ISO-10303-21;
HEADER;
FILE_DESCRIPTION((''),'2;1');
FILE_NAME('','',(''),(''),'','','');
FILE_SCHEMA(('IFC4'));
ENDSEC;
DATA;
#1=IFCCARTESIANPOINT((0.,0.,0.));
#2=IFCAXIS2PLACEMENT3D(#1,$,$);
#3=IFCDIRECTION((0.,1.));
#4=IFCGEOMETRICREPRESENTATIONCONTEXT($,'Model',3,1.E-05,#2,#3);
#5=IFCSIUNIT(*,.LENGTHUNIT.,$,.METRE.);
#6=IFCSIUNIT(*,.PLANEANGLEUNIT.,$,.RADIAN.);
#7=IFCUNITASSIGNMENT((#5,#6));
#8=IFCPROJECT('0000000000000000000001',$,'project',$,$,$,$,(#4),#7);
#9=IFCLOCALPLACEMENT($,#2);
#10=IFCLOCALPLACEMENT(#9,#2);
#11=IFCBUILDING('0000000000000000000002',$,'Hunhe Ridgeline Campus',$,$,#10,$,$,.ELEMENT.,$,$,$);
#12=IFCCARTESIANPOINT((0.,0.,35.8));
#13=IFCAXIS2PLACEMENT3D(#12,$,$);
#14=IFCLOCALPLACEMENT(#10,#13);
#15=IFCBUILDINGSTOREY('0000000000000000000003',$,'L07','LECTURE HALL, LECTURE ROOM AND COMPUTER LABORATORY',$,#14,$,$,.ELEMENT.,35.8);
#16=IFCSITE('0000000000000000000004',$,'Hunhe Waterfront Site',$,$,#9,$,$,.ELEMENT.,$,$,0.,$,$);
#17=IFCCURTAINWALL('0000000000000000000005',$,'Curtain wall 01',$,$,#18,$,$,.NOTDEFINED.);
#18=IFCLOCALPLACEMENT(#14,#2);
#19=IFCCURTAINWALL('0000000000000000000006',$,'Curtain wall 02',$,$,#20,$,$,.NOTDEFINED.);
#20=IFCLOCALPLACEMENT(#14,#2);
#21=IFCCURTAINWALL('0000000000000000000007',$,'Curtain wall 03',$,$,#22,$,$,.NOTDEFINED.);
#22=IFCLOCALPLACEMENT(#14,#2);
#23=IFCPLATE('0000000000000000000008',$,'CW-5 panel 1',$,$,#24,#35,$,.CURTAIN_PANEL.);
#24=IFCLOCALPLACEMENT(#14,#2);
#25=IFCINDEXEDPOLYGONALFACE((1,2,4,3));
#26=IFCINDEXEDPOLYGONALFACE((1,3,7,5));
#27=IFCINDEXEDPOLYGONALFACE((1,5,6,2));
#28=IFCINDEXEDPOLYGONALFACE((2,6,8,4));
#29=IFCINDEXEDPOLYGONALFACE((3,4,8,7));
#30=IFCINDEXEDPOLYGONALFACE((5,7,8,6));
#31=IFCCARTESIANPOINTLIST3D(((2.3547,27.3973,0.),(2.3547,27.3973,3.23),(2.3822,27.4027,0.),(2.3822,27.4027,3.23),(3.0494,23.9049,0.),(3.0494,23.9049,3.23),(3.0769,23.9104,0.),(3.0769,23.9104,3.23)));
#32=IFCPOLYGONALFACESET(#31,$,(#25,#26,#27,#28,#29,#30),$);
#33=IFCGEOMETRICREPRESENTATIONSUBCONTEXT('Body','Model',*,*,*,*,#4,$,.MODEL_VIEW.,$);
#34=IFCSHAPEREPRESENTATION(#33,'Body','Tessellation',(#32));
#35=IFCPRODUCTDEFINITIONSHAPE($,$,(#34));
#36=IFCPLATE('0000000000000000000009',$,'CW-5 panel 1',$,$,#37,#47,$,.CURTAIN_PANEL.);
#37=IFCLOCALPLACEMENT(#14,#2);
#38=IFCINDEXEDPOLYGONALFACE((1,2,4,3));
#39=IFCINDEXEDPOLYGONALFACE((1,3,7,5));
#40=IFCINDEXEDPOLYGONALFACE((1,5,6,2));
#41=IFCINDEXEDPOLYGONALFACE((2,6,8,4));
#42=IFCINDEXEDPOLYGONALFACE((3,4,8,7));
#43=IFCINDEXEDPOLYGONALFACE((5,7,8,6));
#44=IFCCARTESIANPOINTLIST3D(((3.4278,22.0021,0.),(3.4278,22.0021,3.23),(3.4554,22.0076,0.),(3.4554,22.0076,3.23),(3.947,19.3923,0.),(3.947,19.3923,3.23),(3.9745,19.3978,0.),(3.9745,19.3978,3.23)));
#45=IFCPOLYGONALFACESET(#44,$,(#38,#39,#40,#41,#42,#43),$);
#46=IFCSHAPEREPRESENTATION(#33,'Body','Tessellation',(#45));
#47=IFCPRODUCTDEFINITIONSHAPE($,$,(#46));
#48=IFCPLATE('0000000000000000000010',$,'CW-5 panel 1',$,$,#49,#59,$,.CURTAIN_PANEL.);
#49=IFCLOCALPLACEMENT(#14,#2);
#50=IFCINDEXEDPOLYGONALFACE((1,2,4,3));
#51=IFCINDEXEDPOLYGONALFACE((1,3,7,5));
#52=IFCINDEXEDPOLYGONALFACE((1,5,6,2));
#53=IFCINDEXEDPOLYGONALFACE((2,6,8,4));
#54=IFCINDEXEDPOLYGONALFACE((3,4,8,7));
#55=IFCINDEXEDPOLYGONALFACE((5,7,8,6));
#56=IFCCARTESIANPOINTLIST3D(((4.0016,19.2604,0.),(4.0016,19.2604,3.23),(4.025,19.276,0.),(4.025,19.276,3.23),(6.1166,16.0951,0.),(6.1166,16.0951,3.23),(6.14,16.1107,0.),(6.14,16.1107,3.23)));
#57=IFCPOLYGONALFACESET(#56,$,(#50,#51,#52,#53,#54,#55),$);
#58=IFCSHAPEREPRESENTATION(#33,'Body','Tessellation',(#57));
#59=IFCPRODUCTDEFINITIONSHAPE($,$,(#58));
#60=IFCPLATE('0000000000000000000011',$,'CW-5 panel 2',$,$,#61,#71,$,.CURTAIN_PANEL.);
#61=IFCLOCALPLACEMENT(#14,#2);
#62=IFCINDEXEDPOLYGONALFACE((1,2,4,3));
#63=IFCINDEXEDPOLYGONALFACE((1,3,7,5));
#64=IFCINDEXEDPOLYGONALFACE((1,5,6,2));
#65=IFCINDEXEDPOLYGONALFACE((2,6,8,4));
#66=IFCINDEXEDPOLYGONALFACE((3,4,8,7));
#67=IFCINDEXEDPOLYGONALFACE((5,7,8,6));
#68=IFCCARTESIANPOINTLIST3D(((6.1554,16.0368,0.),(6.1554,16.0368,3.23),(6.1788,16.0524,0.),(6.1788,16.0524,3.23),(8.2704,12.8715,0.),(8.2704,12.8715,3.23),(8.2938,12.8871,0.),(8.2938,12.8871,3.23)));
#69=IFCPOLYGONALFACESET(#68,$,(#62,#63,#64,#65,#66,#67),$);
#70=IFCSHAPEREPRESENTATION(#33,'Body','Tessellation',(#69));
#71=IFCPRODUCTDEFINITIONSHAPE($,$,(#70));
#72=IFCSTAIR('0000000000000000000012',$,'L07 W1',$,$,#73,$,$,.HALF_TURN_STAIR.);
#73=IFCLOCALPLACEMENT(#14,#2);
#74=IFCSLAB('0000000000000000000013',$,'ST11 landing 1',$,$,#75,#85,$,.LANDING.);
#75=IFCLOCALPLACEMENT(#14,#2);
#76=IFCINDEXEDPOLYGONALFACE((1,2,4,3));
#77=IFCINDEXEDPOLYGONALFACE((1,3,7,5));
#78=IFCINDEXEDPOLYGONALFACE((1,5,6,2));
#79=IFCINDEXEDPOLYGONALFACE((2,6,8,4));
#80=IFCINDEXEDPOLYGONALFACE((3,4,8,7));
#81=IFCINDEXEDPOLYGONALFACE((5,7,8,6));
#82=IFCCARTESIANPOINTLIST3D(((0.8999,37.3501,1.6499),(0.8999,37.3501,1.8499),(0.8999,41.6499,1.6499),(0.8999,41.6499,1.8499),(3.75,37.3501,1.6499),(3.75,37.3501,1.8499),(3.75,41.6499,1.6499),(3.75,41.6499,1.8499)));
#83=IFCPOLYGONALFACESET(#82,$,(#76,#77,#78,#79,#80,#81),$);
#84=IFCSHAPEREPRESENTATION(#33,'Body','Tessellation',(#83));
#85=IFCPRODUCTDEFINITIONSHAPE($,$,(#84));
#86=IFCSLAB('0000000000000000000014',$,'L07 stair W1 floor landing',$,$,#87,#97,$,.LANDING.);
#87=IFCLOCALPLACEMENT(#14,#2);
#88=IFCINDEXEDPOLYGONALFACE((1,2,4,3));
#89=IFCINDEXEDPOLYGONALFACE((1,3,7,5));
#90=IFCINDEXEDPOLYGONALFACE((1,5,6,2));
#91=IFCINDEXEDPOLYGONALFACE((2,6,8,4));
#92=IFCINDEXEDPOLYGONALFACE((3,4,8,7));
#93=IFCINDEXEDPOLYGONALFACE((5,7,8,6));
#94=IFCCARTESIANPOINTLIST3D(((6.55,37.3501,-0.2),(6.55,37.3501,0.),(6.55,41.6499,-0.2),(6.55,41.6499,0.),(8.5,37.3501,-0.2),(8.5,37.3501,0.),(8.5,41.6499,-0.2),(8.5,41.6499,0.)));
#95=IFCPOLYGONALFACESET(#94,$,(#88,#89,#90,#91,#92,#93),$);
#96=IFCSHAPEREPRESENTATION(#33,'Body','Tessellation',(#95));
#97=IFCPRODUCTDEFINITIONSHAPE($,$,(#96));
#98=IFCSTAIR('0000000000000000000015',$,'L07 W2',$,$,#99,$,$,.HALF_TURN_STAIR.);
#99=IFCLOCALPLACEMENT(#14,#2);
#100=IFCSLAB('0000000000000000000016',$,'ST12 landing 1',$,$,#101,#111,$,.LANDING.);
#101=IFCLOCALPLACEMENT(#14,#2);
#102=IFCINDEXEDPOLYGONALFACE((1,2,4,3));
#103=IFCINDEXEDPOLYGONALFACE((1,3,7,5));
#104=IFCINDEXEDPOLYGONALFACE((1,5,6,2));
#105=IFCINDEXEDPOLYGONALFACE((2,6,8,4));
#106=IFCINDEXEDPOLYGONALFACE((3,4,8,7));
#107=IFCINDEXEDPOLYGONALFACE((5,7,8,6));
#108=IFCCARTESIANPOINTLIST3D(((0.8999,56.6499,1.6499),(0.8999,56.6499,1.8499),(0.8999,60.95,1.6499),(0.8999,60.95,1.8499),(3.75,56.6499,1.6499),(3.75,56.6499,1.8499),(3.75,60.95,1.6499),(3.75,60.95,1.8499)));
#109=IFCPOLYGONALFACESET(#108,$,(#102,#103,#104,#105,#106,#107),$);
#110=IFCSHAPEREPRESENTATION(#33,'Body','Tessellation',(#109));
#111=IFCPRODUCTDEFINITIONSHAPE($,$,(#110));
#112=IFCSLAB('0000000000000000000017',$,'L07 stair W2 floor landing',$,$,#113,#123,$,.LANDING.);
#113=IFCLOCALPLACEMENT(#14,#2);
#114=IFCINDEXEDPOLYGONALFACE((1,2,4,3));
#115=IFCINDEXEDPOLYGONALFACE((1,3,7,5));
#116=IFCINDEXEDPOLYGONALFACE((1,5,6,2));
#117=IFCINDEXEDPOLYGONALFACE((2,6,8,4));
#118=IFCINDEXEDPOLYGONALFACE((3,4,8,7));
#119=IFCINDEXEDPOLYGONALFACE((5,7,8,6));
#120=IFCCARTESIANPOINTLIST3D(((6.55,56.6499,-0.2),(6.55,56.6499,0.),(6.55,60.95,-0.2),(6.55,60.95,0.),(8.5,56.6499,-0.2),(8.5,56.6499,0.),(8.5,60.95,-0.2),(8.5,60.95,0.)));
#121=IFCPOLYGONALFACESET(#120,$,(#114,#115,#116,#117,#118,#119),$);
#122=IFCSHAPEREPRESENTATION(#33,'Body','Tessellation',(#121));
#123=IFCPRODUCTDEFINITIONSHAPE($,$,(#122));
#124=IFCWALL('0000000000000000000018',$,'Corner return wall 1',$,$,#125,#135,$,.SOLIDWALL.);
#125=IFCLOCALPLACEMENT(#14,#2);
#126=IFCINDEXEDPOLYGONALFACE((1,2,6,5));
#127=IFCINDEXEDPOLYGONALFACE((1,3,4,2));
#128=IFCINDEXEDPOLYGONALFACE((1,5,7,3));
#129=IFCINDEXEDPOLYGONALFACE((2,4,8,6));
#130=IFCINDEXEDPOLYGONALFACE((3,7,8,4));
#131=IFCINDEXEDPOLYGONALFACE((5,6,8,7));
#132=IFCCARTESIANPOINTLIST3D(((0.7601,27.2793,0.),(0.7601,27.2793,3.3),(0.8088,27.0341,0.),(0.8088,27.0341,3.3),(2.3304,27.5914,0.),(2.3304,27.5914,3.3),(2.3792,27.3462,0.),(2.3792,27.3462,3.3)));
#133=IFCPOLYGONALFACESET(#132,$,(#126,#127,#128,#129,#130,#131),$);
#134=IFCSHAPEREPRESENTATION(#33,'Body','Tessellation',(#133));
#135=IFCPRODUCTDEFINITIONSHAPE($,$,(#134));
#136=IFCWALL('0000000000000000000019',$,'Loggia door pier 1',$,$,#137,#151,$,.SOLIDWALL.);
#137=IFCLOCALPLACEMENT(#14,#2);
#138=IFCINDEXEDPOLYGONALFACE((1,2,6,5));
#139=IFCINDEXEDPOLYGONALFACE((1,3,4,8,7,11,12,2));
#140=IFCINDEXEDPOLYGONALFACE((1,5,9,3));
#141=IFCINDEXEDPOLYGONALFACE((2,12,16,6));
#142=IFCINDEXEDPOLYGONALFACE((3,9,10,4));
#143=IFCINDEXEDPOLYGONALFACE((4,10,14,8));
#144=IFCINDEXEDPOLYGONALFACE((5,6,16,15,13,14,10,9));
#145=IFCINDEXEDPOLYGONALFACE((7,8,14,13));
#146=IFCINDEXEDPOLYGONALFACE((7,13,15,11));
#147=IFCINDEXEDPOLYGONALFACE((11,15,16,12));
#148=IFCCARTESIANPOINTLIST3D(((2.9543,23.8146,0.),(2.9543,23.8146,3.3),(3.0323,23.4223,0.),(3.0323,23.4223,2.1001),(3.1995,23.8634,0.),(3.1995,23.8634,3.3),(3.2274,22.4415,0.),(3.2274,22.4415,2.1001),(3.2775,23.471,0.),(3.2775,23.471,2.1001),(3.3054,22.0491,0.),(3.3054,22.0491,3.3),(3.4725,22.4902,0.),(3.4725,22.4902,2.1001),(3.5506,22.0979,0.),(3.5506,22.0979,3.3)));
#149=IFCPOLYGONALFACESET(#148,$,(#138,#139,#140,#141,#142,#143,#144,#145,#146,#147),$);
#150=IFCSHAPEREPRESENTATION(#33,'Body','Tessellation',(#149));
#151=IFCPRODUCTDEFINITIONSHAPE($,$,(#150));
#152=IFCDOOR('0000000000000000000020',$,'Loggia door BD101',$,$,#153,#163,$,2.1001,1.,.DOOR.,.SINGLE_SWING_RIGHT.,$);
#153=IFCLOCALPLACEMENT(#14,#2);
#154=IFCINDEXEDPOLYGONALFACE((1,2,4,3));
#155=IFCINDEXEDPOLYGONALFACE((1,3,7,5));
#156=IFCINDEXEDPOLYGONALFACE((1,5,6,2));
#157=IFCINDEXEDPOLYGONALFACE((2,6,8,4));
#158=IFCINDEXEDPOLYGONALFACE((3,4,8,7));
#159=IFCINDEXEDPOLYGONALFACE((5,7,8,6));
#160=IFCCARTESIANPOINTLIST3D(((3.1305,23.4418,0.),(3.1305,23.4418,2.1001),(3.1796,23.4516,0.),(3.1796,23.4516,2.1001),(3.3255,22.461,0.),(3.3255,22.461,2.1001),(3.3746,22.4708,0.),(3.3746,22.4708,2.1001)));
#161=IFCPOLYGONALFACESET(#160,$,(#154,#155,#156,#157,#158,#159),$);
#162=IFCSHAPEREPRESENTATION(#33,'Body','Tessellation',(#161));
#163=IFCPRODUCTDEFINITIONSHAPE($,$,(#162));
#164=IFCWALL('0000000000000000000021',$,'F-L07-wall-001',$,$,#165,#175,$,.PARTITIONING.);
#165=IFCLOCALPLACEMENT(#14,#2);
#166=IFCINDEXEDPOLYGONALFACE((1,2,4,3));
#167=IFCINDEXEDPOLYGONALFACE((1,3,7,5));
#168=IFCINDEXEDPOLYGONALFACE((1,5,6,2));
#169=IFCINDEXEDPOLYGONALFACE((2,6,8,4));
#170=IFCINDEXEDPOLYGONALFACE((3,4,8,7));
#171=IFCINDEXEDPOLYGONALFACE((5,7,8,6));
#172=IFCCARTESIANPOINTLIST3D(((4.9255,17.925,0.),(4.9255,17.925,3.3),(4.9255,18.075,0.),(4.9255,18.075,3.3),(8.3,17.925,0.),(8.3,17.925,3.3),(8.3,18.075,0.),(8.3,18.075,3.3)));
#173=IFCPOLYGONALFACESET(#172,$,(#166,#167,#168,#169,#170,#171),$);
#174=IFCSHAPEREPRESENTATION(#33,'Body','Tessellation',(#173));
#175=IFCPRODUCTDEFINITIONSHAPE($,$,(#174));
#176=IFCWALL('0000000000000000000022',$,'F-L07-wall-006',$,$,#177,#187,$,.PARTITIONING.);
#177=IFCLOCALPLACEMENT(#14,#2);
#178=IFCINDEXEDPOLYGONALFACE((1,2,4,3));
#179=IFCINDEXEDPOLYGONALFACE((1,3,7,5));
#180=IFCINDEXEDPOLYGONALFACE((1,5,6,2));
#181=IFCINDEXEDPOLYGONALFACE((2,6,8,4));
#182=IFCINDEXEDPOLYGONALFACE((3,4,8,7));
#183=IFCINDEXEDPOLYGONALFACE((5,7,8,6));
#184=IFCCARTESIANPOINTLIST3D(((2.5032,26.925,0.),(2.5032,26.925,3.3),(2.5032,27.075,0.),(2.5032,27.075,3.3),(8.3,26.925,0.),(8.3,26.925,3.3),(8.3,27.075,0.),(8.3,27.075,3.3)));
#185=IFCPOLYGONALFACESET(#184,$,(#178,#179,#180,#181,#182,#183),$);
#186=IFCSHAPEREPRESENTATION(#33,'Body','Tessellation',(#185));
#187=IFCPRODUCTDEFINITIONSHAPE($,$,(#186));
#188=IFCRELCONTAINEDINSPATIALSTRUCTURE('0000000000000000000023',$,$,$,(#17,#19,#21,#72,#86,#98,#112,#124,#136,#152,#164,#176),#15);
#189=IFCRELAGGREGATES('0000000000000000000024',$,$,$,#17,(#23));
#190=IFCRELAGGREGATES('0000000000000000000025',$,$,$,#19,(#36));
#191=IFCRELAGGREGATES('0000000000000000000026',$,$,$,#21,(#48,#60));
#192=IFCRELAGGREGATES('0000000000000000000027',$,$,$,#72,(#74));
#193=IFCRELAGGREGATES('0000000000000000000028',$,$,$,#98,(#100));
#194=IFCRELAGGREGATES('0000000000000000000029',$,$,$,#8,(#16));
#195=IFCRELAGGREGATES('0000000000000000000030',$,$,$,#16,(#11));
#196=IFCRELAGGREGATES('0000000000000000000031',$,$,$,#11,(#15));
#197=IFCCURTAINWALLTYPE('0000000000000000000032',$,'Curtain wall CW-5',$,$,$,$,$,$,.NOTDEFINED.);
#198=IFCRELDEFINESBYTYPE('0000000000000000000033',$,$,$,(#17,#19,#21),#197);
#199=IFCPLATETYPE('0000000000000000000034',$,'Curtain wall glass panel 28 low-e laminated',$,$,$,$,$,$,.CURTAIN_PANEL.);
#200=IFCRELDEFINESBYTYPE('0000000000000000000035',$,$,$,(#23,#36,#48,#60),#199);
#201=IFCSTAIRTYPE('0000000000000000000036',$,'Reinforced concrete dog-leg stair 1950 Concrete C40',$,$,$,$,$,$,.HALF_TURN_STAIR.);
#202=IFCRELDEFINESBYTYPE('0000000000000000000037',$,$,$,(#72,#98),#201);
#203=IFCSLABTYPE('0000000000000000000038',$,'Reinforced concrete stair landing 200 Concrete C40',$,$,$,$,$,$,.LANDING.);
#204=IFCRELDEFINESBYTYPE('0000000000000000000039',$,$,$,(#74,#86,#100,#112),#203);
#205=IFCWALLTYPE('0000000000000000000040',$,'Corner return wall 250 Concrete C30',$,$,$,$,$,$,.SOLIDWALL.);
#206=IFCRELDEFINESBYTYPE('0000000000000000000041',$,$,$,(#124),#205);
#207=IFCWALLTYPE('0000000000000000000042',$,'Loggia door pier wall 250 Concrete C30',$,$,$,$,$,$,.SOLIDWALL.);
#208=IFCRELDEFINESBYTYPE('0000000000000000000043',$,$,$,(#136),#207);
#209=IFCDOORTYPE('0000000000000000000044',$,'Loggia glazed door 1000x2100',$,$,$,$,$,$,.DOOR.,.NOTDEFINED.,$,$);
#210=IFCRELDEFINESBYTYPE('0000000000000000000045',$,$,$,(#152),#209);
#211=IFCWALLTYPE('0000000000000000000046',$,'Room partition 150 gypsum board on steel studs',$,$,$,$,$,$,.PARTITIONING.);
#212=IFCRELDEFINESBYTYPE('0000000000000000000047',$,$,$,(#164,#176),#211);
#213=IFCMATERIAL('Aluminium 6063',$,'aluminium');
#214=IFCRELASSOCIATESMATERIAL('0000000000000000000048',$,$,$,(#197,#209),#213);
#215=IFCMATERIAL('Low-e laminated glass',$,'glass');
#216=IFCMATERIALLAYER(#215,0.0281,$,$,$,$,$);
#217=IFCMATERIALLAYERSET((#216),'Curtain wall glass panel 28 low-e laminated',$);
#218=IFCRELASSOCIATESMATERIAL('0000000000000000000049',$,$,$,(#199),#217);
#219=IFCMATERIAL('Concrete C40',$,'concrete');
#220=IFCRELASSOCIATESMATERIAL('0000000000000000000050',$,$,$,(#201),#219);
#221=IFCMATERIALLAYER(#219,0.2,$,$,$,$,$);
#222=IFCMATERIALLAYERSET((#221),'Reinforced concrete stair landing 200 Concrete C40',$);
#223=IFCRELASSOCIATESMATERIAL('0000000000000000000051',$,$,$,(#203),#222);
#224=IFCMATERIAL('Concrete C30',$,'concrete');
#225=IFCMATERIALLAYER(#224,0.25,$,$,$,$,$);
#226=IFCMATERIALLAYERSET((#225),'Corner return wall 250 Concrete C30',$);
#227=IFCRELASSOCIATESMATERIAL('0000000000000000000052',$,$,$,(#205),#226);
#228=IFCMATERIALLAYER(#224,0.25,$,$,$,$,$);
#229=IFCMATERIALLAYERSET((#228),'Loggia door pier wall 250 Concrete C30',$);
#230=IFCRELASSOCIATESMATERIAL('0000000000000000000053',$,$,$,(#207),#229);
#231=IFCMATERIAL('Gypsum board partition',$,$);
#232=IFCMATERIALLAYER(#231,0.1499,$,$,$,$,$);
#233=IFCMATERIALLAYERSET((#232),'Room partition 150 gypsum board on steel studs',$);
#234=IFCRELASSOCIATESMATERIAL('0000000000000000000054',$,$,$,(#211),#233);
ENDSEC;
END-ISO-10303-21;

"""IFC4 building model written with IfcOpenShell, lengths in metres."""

from ifc_helpers import new_model, si_unit, direction, frame, frame_2d, origin, origin_2d, place, context, subcontext, project, spatial, polyline, rectangle, outline, extrude, material, layer, layer_set, type_object, element, fill, aggregate, save


model = new_model("IFC4")

# Units and contexts
model_context = context("Model", 3, precision=1e-05, world=origin(), true_north=direction((0.0, 1.0)))
body_context = subcontext(model_context, "Body", "Model", "MODEL_VIEW")
ifc_project = project(units=[si_unit("LENGTHUNIT", "METRE"), si_unit("PLANEANGLEUNIT", "RADIAN")], contexts=[model_context])

# Site, building, storey
site_placement = place(None, origin())
site = spatial("IfcSite", under=ifc_project, at=site_placement, Name="Hunhe Waterfront Site", CompositionType="ELEMENT", RefElevation=0.0)
building_placement = place(site_placement, origin())
building = spatial("IfcBuilding", under=site, at=building_placement, Name="Hunhe Ridgeline Campus", CompositionType="ELEMENT")
storey_placement = place(building_placement, frame((0.0, 0.0, 35.8)))
storey = spatial("IfcBuildingStorey", under=building, at=storey_placement, Name="L07", Description="LECTURE HALL, LECTURE ROOM AND COMPUTER LABORATORY", CompositionType="ELEMENT", Elevation=35.8)

# Curtain walls
ifc_material_1 = material(Name="Aluminium 6063", Category="aluminium")
curtain_wall_type = type_object("IfcCurtainWallType", Name="Curtain wall CW-5", PredefinedType="NOTDEFINED", material=ifc_material_1)
curtain_wall_1_placement = place(storey_placement, origin())
curtain_wall_1 = element("IfcCurtainWall", 1, at=curtain_wall_1_placement, inside=storey, type_object=curtain_wall_type, Name="Curtain wall 01", PredefinedType="NOTDEFINED")
curtain_wall_2_placement = place(storey_placement, origin())
curtain_wall_2 = element("IfcCurtainWall", 2, at=curtain_wall_2_placement, inside=storey, type_object=curtain_wall_type, Name="Curtain wall 02", PredefinedType="NOTDEFINED")
curtain_wall_3_placement = place(storey_placement, origin())
curtain_wall_3 = element("IfcCurtainWall", 3, at=curtain_wall_3_placement, inside=storey, type_object=curtain_wall_type, Name="Curtain wall 03", PredefinedType="NOTDEFINED")

# Plates
ifc_material_2 = material(Name="Low-e laminated glass", Category="glass")
ifc_layer_1 = layer(ifc_material_2, 0.0281)
ifc_layer_set_1 = layer_set([ifc_layer_1], Name="Curtain wall glass panel 28 low-e laminated")
plate_type = type_object("IfcPlateType", Name="Curtain wall glass panel 28 low-e laminated", PredefinedType="CURTAIN_PANEL", material=ifc_layer_set_1)
plate_1_placement = place(storey_placement, frame((2.7158, 25.6538, 0.0), z_axis=(0.0, 0.0, 1.0), x_axis=(0.195095, -0.980784, 0.0)))
plate_1 = element("IfcPlate", 4, at=plate_1_placement, type_object=plate_type, Name="CW-5 panel 1", PredefinedType="CURTAIN_PANEL", context=body_context, shape_type="SweptSolid", body=[
    extrude(rectangle(XDim=3.5608, YDim=0.0281, at=origin_2d()), origin(), (0.0, 0.0, 1.0), 3.23),
])
aggregate(curtain_wall_1, [plate_1])
plate_2_placement = place(storey_placement, frame((3.7012, 20.7, 0.0), z_axis=(0.0, 0.0, 1.0), x_axis=(0.195095, -0.980784, 0.0)))
plate_2 = element("IfcPlate", 5, at=plate_2_placement, type_object=plate_type, Name="CW-5 panel 1", PredefinedType="CURTAIN_PANEL", context=body_context, shape_type="SweptSolid", body=[
    extrude(rectangle(XDim=2.6609, YDim=0.0281, at=origin_2d()), origin(), (0.0, 0.0, 1.0), 3.23),
])
aggregate(curtain_wall_2, [plate_2])
plate_3_placement = place(storey_placement, frame((5.0708, 17.6855, 0.0), z_axis=(0.0, 0.0, 1.0), x_axis=(0.55557, -0.83147, 0.0)))
plate_3 = element("IfcPlate", 6, at=plate_3_placement, type_object=plate_type, Name="CW-5 panel 1", PredefinedType="CURTAIN_PANEL", context=body_context, shape_type="SweptSolid", body=[
    extrude(rectangle(XDim=3.8069, YDim=0.0281, at=origin_2d()), origin(), (0.0, 0.0, 1.0), 3.23),
])
plate_4_placement = place(storey_placement, frame((7.2246, 14.4619, 0.0), z_axis=(0.0, 0.0, 1.0), x_axis=(0.55557, -0.83147, 0.0)))
plate_4 = element("IfcPlate", 7, at=plate_4_placement, type_object=plate_type, Name="CW-5 panel 2", PredefinedType="CURTAIN_PANEL", context=body_context, shape_type="SweptSolid", body=[
    extrude(rectangle(XDim=3.8069, YDim=0.0281, at=origin_2d()), origin(), (0.0, 0.0, 1.0), 3.23),
])
aggregate(curtain_wall_3, [plate_3, plate_4])

# Stair, slab
ifc_material_3 = material(Name="Concrete C40", Category="concrete")
stair_type = type_object("IfcStairType", Name="Reinforced concrete dog-leg stair 1950 Concrete C40", PredefinedType="HALF_TURN_STAIR", material=ifc_material_3)
stair_1_placement = place(storey_placement, origin())
stair_1 = element("IfcStair", 8, at=stair_1_placement, inside=storey, type_object=stair_type, Name="L07 W1", PredefinedType="HALF_TURN_STAIR")
ifc_layer_2 = layer(ifc_material_3, 0.2)
ifc_layer_set_2 = layer_set([ifc_layer_2], Name="Reinforced concrete stair landing 200 Concrete C40")
slab_type = type_object("IfcSlabType", Name="Reinforced concrete stair landing 200 Concrete C40", PredefinedType="LANDING", material=ifc_layer_set_2)
slab_1_placement = place(storey_placement, frame((0.0, 0.0, 1.6499)))
slab_1 = element("IfcSlab", 9, at=slab_1_placement, type_object=slab_type, Name="ST11 landing 1", PredefinedType="LANDING", context=body_context, shape_type="SweptSolid", body=[
    extrude(outline(polyline([(3.75, 41.6499), (0.8999, 41.6499), (0.8999, 37.3501), (3.75, 37.3501), (3.75, 41.6499)])), origin(), (0.0, 0.0, 1.0), 0.2),
])
aggregate(stair_1, [slab_1])

# Slab
slab_2_placement = place(storey_placement, frame((0.0, 0.0, -0.2)))
element("IfcSlab", 10, at=slab_2_placement, inside=storey, type_object=slab_type, Name="L07 stair W1 floor landing", PredefinedType="LANDING", context=body_context, shape_type="SweptSolid", body=[
    extrude(outline(polyline([(8.5, 41.6499), (6.55, 41.6499), (6.55, 37.3501), (8.5, 37.3501), (8.5, 41.6499)])), origin(), (0.0, 0.0, 1.0), 0.2),
])

# Stair, slab
stair_2_placement = place(storey_placement, origin())
stair_2 = element("IfcStair", 11, at=stair_2_placement, inside=storey, type_object=stair_type, Name="L07 W2", PredefinedType="HALF_TURN_STAIR")
slab_3_placement = place(storey_placement, frame((0.0, 0.0, 1.6499)))
slab_3 = element("IfcSlab", 12, at=slab_3_placement, type_object=slab_type, Name="ST12 landing 1", PredefinedType="LANDING", context=body_context, shape_type="SweptSolid", body=[
    extrude(outline(polyline([(3.75, 60.95), (0.8999, 60.95), (0.8999, 56.6499), (3.75, 56.6499), (3.75, 60.95)])), origin(), (0.0, 0.0, 1.0), 0.2),
])
aggregate(stair_2, [slab_3])

# Slab
slab_4_placement = place(storey_placement, frame((0.0, 0.0, -0.2)))
element("IfcSlab", 13, at=slab_4_placement, inside=storey, type_object=slab_type, Name="L07 stair W2 floor landing", PredefinedType="LANDING", context=body_context, shape_type="SweptSolid", body=[
    extrude(outline(polyline([(8.5, 60.95), (6.55, 60.95), (6.55, 56.6499), (8.5, 56.6499), (8.5, 60.95)])), origin(), (0.0, 0.0, 1.0), 0.2),
])

# Wall
ifc_material_4 = material(Name="Concrete C30", Category="concrete")
ifc_layer_3 = layer(ifc_material_4, 0.25)
ifc_layer_set_3 = layer_set([ifc_layer_3], Name="Corner return wall 250 Concrete C30")
wall_type_1 = type_object("IfcWallType", Name="Corner return wall 250 Concrete C30", PredefinedType="SOLIDWALL", material=ifc_layer_set_3)
wall_1_placement = place(storey_placement, frame((0.7844, 27.1567, 0.0), z_axis=(0.0, 0.0, 1.0), x_axis=(0.980826, 0.194884, 0.0)))
element("IfcWall", 14, at=wall_1_placement, inside=storey, type_object=wall_type_1, Name="Corner return wall 1", PredefinedType="SOLIDWALL", context=body_context, shape_type="SweptSolid", body=[
    extrude(rectangle(XDim=1.6011, YDim=0.25, at=frame_2d((0.8005, 0.0))), origin(), (0.0, 0.0, 1.0), 3.3),
])

# Wall, opening, door
ifc_layer_4 = layer(ifc_material_4, 0.25)
ifc_layer_set_4 = layer_set([ifc_layer_4], Name="Loggia door pier wall 250 Concrete C30")
wall_type_2 = type_object("IfcWallType", Name="Loggia door pier wall 250 Concrete C30", PredefinedType="SOLIDWALL", material=ifc_layer_set_4)
wall_2_placement = place(storey_placement, frame((3.0769, 23.8389, 0.0), z_axis=(0.0, 0.0, 1.0), x_axis=(0.195047, -0.980794, 0.0)))
wall_2 = element("IfcWall", 15, at=wall_2_placement, inside=storey, type_object=wall_type_2, Name="Loggia door pier 1", PredefinedType="SOLIDWALL", context=body_context, shape_type="SweptSolid", body=[
    extrude(rectangle(XDim=1.8, YDim=0.25, at=frame_2d((0.8999, 0.0))), origin(), (0.0, 0.0, 1.0), 3.3),
])
opening_placement = place(wall_2_placement, frame((0.3999, 0.0, 0.0)))
opening = element("IfcOpeningElement", 16, at=opening_placement, cuts=wall_2, PredefinedType="OPENING", context=body_context, shape_type="SweptSolid", body=[
    extrude(rectangle(XDim=1.0, YDim=2.1001, at=frame_2d((0.5, 1.05))), frame((0.0, 0.125, 0.0), z_axis=(0.0, -1.0, 0.0), x_axis=(1.0, 0.0, 0.0)), (0.0, 0.0, 1.0), 0.25),
])
door_type = type_object("IfcDoorType", Name="Loggia glazed door 1000x2100", OperationType="NOTDEFINED", PredefinedType="DOOR", material=ifc_material_1)
door_placement = place(opening_placement, frame((1.0, 0.0, 0.0), z_axis=(0.0, 0.0, 1.0), x_axis=(-1.0, 0.0, 0.0)))
door = element("IfcDoor", 17, at=door_placement, inside=storey, type_object=door_type, Name="Loggia door BD101", OperationType="SINGLE_SWING_RIGHT", OverallHeight=2.1001, OverallWidth=1.0, PredefinedType="DOOR", context=body_context, shape_type="SweptSolid", body=[
    extrude(rectangle(XDim=1.0, YDim=2.1001, at=frame_2d((0.5, 1.05))), frame((0.0, 0.0249, 0.0), z_axis=(0.0, -1.0, 0.0), x_axis=(1.0, 0.0, 0.0)), (0.0, 0.0, 1.0), 0.05),
])
fill(opening, door)

# Walls
ifc_material_5 = material(Name="Gypsum board partition")
ifc_layer_5 = layer(ifc_material_5, 0.1499)
ifc_layer_set_5 = layer_set([ifc_layer_5], Name="Room partition 150 gypsum board on steel studs")
wall_type_3 = type_object("IfcWallType", Name="Room partition 150 gypsum board on steel studs", PredefinedType="PARTITIONING", material=ifc_layer_set_5)
wall_3_placement = place(storey_placement, frame((4.9255, 18.0, 0.0), z_axis=(0.0, 0.0, 1.0), x_axis=(1.0, 0.0, 0.0)))
element("IfcWall", 18, at=wall_3_placement, inside=storey, type_object=wall_type_3, Name="F-L07-wall-001", PredefinedType="PARTITIONING", context=body_context, shape_type="SweptSolid", body=[
    extrude(rectangle(XDim=3.3745, YDim=0.1499, at=frame_2d((1.6873, 0.0))), origin(), (0.0, 0.0, 1.0), 3.3),
])
wall_4_placement = place(storey_placement, frame((2.5032, 27.0, 0.0), z_axis=(0.0, 0.0, 1.0), x_axis=(1.0, 0.0, 0.0)))
element("IfcWall", 19, at=wall_4_placement, inside=storey, type_object=wall_type_3, Name="F-L07-wall-006", PredefinedType="PARTITIONING", context=body_context, shape_type="SweptSolid", body=[
    extrude(rectangle(XDim=5.7969, YDim=0.1499, at=frame_2d((2.8984, 0.0))), origin(), (0.0, 0.0, 1.0), 3.3),
])

save(model, "model.ifc")
